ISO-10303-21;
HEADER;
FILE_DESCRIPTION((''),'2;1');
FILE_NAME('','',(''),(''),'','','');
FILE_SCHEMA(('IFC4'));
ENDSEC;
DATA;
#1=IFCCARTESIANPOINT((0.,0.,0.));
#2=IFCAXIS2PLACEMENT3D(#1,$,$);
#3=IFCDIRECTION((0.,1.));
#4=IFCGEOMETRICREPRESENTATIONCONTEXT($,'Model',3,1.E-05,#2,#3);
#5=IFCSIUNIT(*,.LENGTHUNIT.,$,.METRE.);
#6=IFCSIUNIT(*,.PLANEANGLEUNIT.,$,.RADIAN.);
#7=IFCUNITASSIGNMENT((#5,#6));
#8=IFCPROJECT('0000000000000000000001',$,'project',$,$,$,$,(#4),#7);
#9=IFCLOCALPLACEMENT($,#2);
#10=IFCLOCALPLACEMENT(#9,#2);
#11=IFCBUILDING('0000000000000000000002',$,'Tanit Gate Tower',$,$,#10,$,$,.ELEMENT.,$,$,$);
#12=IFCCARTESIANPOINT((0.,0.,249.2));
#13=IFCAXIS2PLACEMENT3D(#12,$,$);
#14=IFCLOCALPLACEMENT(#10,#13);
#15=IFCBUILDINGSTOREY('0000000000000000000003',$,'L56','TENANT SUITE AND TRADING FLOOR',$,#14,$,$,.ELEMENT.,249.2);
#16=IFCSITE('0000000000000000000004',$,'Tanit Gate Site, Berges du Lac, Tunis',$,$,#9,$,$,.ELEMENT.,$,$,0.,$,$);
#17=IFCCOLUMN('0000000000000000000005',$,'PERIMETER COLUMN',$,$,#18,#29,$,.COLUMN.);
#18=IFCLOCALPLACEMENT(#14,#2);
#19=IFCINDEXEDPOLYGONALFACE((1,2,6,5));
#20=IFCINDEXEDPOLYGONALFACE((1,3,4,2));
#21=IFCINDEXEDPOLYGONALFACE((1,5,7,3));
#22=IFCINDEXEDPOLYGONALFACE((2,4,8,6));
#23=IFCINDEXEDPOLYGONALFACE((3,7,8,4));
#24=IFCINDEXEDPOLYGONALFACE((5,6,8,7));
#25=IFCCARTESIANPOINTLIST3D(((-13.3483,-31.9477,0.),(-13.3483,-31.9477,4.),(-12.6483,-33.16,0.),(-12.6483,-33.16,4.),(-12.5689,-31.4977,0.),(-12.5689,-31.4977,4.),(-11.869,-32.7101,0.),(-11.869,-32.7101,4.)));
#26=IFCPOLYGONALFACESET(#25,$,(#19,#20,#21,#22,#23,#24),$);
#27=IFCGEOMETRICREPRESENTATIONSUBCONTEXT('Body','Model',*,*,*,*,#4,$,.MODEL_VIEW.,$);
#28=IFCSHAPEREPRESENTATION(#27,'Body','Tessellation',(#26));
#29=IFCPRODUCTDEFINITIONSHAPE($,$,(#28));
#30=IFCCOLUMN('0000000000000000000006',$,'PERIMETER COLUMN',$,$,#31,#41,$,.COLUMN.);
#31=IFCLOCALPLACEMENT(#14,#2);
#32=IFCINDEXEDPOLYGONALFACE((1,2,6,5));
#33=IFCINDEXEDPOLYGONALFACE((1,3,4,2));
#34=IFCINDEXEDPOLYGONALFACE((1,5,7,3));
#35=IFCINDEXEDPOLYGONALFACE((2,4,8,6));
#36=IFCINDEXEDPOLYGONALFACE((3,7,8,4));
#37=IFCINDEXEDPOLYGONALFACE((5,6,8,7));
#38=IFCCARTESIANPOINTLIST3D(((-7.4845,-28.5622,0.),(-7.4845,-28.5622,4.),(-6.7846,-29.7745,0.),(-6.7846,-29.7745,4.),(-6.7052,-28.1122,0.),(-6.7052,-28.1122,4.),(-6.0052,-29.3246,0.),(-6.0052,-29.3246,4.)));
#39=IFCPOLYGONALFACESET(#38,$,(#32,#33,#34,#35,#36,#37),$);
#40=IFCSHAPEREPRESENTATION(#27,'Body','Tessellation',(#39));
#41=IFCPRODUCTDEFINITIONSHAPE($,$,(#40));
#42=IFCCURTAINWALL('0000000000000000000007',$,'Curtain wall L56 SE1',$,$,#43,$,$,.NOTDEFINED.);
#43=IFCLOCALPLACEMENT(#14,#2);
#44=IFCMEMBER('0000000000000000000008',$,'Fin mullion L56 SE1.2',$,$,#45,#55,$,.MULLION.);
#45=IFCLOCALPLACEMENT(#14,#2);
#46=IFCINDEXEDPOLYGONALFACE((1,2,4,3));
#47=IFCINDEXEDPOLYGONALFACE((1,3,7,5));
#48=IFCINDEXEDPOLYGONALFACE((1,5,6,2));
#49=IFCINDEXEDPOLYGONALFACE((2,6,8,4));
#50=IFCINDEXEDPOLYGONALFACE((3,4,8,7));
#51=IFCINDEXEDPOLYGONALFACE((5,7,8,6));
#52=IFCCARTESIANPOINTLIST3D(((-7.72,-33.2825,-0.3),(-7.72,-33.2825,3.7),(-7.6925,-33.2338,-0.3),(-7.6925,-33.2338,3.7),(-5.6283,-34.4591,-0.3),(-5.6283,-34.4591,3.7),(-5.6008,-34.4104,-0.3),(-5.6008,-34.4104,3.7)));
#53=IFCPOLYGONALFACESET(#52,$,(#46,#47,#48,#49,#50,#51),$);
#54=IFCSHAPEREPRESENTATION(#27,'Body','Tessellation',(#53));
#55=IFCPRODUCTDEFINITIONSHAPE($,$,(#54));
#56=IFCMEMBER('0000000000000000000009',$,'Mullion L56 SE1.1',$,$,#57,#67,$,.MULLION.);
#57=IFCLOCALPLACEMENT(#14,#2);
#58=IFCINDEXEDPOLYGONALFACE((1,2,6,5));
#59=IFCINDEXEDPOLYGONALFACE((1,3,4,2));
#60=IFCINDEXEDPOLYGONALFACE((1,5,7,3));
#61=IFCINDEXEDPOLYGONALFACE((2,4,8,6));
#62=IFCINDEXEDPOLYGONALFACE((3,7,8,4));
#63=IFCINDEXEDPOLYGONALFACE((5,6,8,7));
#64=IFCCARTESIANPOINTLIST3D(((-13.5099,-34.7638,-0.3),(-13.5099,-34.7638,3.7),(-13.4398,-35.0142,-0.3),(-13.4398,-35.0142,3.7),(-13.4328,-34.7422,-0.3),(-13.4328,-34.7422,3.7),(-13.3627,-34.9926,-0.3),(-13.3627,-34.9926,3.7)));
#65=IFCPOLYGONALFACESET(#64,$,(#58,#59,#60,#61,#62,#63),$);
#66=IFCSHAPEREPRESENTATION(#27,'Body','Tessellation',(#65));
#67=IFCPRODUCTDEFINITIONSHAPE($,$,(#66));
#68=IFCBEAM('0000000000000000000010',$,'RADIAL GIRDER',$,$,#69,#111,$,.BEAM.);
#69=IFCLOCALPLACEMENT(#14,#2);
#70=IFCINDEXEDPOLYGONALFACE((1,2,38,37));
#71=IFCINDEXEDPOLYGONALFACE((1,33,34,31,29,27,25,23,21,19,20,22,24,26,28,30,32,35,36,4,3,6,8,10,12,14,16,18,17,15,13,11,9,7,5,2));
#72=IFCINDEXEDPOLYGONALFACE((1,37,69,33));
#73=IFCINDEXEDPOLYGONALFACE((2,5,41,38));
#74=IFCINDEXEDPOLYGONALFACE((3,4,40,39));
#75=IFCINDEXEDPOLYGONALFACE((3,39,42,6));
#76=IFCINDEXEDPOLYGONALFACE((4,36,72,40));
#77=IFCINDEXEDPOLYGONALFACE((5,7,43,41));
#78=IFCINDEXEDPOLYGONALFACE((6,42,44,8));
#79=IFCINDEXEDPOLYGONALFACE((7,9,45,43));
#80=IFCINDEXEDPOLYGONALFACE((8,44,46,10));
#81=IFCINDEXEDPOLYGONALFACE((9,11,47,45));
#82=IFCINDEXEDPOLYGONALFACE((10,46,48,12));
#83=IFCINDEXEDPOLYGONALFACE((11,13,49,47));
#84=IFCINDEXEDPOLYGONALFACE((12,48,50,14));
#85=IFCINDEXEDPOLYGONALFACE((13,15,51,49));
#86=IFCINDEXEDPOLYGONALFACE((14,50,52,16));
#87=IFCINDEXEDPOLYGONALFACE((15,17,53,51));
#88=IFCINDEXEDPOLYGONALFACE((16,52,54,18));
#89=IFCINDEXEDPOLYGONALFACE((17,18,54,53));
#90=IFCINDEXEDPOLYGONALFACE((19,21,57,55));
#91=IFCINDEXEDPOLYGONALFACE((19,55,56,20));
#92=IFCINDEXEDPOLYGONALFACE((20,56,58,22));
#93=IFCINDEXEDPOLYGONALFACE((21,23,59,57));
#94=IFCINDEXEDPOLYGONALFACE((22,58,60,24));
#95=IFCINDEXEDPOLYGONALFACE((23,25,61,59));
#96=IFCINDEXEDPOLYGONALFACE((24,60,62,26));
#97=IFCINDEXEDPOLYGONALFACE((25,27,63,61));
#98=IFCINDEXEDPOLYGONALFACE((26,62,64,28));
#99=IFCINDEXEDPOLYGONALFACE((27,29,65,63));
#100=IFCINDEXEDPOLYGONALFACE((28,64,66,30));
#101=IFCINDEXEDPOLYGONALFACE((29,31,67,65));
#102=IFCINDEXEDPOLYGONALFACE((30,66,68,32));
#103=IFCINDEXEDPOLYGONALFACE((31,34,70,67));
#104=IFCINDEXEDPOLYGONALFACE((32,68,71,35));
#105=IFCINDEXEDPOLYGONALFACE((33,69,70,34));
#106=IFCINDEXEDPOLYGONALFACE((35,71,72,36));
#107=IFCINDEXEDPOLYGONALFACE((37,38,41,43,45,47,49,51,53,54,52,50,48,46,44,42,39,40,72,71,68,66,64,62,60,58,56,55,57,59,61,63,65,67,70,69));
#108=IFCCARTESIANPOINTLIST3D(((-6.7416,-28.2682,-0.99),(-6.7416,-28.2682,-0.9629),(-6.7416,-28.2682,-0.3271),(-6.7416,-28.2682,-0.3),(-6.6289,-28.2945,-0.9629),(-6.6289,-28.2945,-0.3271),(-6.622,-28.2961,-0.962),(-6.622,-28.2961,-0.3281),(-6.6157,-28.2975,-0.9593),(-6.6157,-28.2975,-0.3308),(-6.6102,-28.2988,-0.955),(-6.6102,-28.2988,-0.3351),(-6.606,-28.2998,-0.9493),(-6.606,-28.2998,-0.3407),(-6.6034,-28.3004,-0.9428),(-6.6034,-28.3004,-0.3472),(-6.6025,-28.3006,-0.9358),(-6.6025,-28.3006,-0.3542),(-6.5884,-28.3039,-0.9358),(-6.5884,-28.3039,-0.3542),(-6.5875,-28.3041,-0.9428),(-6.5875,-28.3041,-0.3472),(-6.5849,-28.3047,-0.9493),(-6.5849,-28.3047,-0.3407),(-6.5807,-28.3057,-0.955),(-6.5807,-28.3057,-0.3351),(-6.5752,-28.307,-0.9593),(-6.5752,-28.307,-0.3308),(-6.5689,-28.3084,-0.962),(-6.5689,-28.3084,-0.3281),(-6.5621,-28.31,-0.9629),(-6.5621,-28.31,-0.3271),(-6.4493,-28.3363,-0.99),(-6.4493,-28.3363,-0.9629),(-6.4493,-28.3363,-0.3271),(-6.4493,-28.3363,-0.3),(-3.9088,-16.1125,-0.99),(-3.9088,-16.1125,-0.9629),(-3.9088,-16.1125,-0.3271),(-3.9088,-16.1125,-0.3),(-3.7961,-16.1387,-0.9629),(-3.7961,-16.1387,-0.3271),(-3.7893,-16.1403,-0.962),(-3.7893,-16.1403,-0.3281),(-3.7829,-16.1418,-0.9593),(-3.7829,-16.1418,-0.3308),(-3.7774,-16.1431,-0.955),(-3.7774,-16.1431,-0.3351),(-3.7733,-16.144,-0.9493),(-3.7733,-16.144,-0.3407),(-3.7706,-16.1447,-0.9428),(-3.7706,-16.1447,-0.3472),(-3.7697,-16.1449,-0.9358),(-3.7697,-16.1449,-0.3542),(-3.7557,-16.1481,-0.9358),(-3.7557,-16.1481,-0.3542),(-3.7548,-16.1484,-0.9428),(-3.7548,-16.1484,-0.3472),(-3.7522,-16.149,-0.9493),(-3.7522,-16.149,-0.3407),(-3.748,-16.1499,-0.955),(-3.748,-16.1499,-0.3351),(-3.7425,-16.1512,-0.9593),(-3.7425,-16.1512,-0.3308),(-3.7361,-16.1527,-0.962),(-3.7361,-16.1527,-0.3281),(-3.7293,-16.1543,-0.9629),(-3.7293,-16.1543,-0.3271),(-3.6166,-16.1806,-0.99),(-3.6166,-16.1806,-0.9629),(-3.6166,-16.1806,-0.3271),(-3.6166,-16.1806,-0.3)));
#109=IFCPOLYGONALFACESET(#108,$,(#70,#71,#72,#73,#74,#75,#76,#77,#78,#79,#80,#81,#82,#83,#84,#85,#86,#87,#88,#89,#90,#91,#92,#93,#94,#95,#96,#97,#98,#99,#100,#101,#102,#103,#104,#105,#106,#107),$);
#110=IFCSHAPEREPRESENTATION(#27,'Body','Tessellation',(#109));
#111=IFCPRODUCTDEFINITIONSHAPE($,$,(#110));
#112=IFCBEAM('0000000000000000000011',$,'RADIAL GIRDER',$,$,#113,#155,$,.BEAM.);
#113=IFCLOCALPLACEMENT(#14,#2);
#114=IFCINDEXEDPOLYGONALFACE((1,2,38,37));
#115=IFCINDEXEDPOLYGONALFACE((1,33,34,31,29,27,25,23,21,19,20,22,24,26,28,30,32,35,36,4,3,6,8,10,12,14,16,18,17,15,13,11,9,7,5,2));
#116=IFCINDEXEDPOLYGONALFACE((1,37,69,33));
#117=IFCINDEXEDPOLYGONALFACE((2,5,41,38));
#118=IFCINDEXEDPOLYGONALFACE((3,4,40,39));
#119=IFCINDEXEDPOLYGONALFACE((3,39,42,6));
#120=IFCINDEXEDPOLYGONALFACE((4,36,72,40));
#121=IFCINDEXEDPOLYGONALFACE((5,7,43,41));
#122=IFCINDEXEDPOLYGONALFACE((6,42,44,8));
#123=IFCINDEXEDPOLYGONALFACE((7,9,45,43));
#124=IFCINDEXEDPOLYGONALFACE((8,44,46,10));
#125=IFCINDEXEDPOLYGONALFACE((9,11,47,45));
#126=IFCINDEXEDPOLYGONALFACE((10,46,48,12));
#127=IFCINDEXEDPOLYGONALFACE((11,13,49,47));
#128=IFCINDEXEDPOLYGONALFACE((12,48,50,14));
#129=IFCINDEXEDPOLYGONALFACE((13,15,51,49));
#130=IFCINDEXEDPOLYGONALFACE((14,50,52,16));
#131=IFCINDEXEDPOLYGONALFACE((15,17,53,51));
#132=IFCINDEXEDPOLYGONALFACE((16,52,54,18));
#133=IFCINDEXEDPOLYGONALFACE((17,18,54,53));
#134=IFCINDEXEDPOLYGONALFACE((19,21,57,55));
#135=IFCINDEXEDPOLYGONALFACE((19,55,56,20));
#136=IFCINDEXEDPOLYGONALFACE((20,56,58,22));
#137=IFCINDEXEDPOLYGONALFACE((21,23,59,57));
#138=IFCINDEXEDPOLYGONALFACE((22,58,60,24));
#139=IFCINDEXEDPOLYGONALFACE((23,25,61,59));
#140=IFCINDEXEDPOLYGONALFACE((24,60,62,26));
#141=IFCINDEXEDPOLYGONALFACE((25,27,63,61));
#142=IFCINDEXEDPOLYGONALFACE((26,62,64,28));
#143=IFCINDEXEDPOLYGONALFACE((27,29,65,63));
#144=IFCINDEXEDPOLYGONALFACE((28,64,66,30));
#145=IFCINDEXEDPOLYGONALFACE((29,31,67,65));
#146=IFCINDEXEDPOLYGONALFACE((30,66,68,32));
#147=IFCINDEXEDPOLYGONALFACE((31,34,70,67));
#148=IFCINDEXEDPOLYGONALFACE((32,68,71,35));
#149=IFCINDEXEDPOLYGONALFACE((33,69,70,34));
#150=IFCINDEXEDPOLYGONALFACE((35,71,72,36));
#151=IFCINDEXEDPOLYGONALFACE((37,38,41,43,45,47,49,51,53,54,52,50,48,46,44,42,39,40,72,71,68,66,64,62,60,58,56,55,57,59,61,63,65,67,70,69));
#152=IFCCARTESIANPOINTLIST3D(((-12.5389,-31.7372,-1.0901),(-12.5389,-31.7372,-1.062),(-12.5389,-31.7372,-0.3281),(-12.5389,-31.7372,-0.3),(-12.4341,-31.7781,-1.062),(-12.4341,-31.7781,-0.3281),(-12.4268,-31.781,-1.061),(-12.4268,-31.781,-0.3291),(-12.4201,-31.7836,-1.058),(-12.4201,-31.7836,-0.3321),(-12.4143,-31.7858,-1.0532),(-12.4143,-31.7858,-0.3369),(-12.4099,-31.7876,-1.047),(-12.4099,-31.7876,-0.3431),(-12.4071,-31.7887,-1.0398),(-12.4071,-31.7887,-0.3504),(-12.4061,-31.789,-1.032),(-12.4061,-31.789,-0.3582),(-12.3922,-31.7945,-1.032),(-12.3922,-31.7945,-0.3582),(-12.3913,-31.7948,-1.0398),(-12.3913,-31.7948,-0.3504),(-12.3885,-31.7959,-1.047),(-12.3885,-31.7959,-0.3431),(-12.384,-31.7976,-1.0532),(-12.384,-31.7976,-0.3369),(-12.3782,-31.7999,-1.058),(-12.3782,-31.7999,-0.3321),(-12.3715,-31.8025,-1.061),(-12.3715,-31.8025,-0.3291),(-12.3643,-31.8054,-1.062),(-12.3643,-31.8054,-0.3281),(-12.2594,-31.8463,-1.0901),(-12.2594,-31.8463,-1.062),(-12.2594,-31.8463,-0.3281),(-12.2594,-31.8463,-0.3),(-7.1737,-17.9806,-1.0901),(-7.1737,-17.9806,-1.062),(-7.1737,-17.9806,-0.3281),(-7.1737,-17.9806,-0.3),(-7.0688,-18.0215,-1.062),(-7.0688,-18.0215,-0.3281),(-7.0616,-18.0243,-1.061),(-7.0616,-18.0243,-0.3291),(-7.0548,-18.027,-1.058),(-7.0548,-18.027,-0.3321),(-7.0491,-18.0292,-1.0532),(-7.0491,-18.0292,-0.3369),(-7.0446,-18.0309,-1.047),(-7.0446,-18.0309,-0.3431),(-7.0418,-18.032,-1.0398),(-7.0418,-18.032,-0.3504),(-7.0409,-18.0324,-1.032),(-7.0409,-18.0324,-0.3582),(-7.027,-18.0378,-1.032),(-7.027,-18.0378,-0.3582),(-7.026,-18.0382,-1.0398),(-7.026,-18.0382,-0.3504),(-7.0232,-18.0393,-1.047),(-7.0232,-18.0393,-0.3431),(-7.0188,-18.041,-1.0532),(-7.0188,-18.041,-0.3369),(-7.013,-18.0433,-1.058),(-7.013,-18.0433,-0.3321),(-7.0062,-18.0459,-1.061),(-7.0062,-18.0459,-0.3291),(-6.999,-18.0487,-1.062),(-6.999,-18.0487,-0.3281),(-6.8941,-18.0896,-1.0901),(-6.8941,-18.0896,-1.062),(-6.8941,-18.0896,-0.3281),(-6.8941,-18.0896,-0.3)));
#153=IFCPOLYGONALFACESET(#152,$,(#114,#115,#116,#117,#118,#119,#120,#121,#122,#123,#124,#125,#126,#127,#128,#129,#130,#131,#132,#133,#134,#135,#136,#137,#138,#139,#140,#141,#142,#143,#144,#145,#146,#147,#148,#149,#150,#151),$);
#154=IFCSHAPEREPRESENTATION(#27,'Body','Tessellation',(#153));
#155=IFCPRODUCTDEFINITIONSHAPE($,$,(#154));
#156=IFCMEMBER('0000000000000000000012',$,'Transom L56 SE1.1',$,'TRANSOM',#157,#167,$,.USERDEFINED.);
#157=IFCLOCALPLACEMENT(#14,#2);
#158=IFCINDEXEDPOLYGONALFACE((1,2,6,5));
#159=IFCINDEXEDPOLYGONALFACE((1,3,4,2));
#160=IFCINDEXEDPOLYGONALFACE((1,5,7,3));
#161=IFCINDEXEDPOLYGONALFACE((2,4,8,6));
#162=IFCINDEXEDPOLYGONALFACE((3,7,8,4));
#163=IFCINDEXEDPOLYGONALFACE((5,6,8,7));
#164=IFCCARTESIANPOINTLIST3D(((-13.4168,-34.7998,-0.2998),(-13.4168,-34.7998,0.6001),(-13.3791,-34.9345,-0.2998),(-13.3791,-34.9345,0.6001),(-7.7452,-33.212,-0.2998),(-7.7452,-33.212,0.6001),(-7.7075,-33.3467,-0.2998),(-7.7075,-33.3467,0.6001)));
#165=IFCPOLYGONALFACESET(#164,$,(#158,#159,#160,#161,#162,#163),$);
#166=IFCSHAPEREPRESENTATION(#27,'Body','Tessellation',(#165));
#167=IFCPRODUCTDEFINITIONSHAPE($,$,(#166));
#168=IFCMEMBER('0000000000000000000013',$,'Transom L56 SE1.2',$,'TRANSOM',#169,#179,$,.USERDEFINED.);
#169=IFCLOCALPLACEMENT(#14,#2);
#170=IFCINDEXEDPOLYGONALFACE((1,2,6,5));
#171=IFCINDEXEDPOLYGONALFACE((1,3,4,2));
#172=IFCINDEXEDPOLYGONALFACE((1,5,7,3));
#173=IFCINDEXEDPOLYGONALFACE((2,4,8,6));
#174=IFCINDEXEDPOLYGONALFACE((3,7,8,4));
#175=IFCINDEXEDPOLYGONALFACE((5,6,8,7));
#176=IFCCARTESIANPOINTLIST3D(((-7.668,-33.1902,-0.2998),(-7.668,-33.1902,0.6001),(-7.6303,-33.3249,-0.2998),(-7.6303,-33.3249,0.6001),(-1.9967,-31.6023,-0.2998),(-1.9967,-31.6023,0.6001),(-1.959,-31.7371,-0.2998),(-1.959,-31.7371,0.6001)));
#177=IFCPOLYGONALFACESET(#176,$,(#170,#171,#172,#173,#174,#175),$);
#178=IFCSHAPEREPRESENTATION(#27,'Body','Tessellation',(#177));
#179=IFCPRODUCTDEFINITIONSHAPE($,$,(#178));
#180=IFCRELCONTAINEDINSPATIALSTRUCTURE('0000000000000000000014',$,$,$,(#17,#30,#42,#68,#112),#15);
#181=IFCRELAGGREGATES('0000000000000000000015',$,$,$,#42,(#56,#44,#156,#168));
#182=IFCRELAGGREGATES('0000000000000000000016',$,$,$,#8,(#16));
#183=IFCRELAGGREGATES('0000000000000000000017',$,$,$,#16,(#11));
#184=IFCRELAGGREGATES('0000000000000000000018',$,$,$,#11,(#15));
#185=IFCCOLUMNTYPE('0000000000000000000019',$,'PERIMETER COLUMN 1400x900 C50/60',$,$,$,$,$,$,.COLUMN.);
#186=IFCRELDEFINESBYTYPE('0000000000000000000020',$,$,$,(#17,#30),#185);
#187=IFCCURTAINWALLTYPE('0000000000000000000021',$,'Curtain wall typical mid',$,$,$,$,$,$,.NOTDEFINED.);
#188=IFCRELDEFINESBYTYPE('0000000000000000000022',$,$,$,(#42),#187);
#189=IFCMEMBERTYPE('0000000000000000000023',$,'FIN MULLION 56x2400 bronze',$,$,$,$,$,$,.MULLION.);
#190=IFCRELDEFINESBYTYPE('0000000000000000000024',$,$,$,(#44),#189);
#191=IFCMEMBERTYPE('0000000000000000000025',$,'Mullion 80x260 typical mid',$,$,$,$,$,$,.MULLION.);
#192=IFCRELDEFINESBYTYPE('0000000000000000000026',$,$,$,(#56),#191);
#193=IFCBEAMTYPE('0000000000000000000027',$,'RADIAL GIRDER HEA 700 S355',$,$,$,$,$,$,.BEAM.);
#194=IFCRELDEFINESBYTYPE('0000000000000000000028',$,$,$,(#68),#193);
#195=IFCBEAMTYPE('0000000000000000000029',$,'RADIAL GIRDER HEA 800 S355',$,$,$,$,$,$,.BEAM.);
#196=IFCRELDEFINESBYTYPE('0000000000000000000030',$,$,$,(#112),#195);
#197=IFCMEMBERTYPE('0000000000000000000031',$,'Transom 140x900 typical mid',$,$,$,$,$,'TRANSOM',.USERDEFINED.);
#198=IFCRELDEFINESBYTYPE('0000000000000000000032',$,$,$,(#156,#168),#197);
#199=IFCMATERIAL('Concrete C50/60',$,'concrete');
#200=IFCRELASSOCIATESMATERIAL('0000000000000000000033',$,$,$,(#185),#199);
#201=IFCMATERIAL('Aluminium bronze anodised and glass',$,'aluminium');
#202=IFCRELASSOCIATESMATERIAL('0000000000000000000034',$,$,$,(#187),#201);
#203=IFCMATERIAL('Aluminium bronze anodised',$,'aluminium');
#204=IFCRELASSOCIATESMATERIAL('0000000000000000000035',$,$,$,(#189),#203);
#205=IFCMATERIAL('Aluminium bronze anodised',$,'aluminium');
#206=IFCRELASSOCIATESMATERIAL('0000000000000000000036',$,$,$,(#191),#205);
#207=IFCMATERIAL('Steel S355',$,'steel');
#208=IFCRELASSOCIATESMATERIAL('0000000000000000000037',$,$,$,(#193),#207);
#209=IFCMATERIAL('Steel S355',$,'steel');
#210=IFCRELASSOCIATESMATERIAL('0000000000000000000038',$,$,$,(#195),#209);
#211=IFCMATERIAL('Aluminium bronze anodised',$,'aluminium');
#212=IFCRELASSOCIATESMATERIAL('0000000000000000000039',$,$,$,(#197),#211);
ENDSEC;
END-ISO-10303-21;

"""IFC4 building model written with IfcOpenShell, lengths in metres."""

from ifc_helpers import new_model, si_unit, direction, frame, origin, origin_2d, place, context, subcontext, project, spatial, rectangle, i_section, extrude, material, material_profile, profile_set, type_object, element, aggregate, save


model = new_model("IFC4")

# Units and contexts
model_context = context("Model", 3, precision=1e-05, world=origin(), true_north=direction((0.0, 1.0)))
body_context = subcontext(model_context, "Body", "Model", "MODEL_VIEW")
ifc_project = project(units=[si_unit("LENGTHUNIT", "METRE"), si_unit("PLANEANGLEUNIT", "RADIAN")], contexts=[model_context])

# Site, building, storey
site_placement = place(None, origin())
site = spatial("IfcSite", under=ifc_project, at=site_placement, Name="Tanit Gate Site, Berges du Lac, Tunis", CompositionType="ELEMENT", RefElevation=0.0)
building_placement = place(site_placement, origin())
building = spatial("IfcBuilding", under=site, at=building_placement, Name="Tanit Gate Tower", CompositionType="ELEMENT")
storey_placement = place(building_placement, frame((0.0, 0.0, 249.2)))
storey = spatial("IfcBuildingStorey", under=building, at=storey_placement, Name="L56", Description="TENANT SUITE AND TRADING FLOOR", CompositionType="ELEMENT", Elevation=249.2)

# Columns
ifc_material_1 = material(Name="Concrete C50/60", Category="concrete")
ifc_material_profile_1 = material_profile(ifc_material_1, rectangle(XDim=1.3999, YDim=0.8999, at=origin_2d()), Name="RC 1400x900")
ifc_profile_set_1 = profile_set([ifc_material_profile_1], Name="Concrete C50/60")
column_type = type_object("IfcColumnType", Name="PERIMETER COLUMN 1400x900 C50/60", PredefinedType="COLUMN", material=ifc_profile_set_1)
for number, where, z_axis, x_axis, name in (
    (1, (-12.6086, -32.3289, 0.0), (0.0, 0.0, 1.0), (0.5, -0.866025, 0.0), "PERIMETER COLUMN"),
    (2, (-6.7449, -28.9434, 0.0), (0.0, 0.0, 1.0), (0.5, -0.866025, 0.0), "PERIMETER COLUMN"),
):
    element("IfcColumn", number, at=place(storey_placement, frame(where, z_axis=z_axis, x_axis=x_axis)), inside=storey, type_object=column_type, Name=name, PredefinedType="COLUMN", context=body_context, shape_type="SweptSolid", body=[
        extrude(rectangle(XDim=1.3999, YDim=0.8999, at=origin_2d()), origin(), (0.0, 0.0, 1.0), 4.0),
    ])

# Curtain wall, members
ifc_material_2 = material(Name="Aluminium bronze anodised and glass", Category="aluminium")
curtain_wall_type = type_object("IfcCurtainWallType", Name="Curtain wall typical mid", PredefinedType="NOTDEFINED", material=ifc_material_2)
curtain_wall_placement = place(storey_placement, origin())
curtain_wall = element("IfcCurtainWall", 3, at=curtain_wall_placement, inside=storey, type_object=curtain_wall_type, Name="Curtain wall L56 SE1", PredefinedType="NOTDEFINED")
ifc_material_3 = material(Name="Aluminium bronze anodised", Category="aluminium")
ifc_material_profile_2 = material_profile(ifc_material_3, rectangle(XDim=2.3999, YDim=0.0559, at=origin_2d()), Name="56x2400 bronze fin mullion")
ifc_profile_set_2 = profile_set([ifc_material_profile_2], Name="Aluminium bronze anodised")
member_type_1 = type_object("IfcMemberType", Name="FIN MULLION 56x2400 bronze", PredefinedType="MULLION", material=ifc_profile_set_2)
member_1_placement = place(storey_placement, frame((-6.6604, -33.8464, -0.3), z_axis=(0.0, 0.0, 1.0), x_axis=(-0.871576, 0.49026, 0.0)))
member_1 = element("IfcMember", 4, at=member_1_placement, type_object=member_type_1, Name="Fin mullion L56 SE1.2", PredefinedType="MULLION", context=body_context, shape_type="SweptSolid", body=[
    extrude(rectangle(XDim=2.3999, YDim=0.0559, at=origin_2d()), origin(), (0.0, 0.0, 1.0), 4.0),
])
ifc_material_4 = material(Name="Aluminium bronze anodised", Category="aluminium")
ifc_material_profile_3 = material_profile(ifc_material_4, rectangle(XDim=0.26, YDim=0.0801, at=origin_2d()), Name="80x260 bronze mullion")
ifc_profile_set_3 = profile_set([ifc_material_profile_3], Name="Aluminium bronze anodised")
member_type_2 = type_object("IfcMemberType", Name="Mullion 80x260 typical mid", PredefinedType="MULLION", material=ifc_profile_set_3)
member_2_placement = place(storey_placement, frame((-13.4363, -34.8782, -0.3), z_axis=(0.0, 0.0, 1.0), x_axis=(-0.269632, 0.962964, 0.0)))
member_2 = element("IfcMember", 5, at=member_2_placement, type_object=member_type_2, Name="Mullion L56 SE1.1", PredefinedType="MULLION", context=body_context, shape_type="SweptSolid", body=[
    extrude(rectangle(XDim=0.26, YDim=0.0801, at=origin_2d()), origin(), (0.0, 0.0, 1.0), 4.0),
])

# Beams
ifc_material_5 = material(Name="Steel S355", Category="steel")
ifc_material_profile_4 = material_profile(ifc_material_5, i_section(OverallWidth=0.3, OverallDepth=0.6899, WebThickness=0.0144, FlangeThickness=0.0271, FilletRadius=0.0271, at=origin_2d()), Name="HEA 700")
ifc_profile_set_4 = profile_set([ifc_material_profile_4], Name="Steel S355")
beam_type_1 = type_object("IfcBeamType", Name="RADIAL GIRDER HEA 700 S355", PredefinedType="BEAM", material=ifc_profile_set_4)
beam_1_placement = place(storey_placement, frame((-6.5955, -28.3022, -0.645), z_axis=(0.226958, 0.973905, 0.0), x_axis=(-0.973905, 0.226958, 0.0)))
element("IfcBeam", 6, at=beam_1_placement, inside=storey, type_object=beam_type_1, Name="RADIAL GIRDER", PredefinedType="BEAM", context=body_context, shape_type="SweptSolid", body=[
    extrude(i_section(OverallWidth=0.3, OverallDepth=0.6899, WebThickness=0.0144, FlangeThickness=0.0271, FilletRadius=0.0271, at=origin_2d()), origin(), (0.0, 0.0, 1.0), 12.4814),
])
ifc_material_6 = material(Name="Steel S355", Category="steel")
ifc_material_profile_5 = material_profile(ifc_material_6, i_section(OverallWidth=0.3, OverallDepth=0.79, WebThickness=0.0149, FlangeThickness=0.0281, FilletRadius=0.03, at=origin_2d()), Name="HEA 800")
ifc_profile_set_5 = profile_set([ifc_material_profile_5], Name="Steel S355")
beam_type_2 = type_object("IfcBeamType", Name="RADIAL GIRDER HEA 800 S355", PredefinedType="BEAM", material=ifc_profile_set_5)
beam_2_placement = place(storey_placement, frame((-12.3992, -31.7917, -0.6951), z_axis=(0.363355, 0.931651, 0.0), x_axis=(-0.931651, 0.363355, 0.0)))
element("IfcBeam", 7, at=beam_2_placement, inside=storey, type_object=beam_type_2, Name="RADIAL GIRDER", PredefinedType="BEAM", context=body_context, shape_type="SweptSolid", body=[
    extrude(i_section(OverallWidth=0.3, OverallDepth=0.79, WebThickness=0.0149, FlangeThickness=0.0281, FilletRadius=0.03, at=origin_2d()), origin(), (0.0, 0.0, 1.0), 14.7659),
])

# Members
ifc_material_7 = material(Name="Aluminium bronze anodised", Category="aluminium")
ifc_material_profile_6 = material_profile(ifc_material_7, rectangle(XDim=0.1399, YDim=0.8999, at=origin_2d()), Name="140x900 bronze transom")
ifc_profile_set_6 = profile_set([ifc_material_profile_6], Name="Aluminium bronze anodised")
member_type_3 = type_object("IfcMemberType", Name="Transom 140x900 typical mid", ElementType="TRANSOM", PredefinedType="USERDEFINED", material=ifc_profile_set_6)
member_3_placement = place(storey_placement, frame((-13.3979, -34.8672, 0.1501), z_axis=(0.962971, 0.269604, 0.0), x_axis=(-0.269604, 0.962971, 0.0)))
member_3 = element("IfcMember", 8, at=member_3_placement, type_object=member_type_3, Name="Transom L56 SE1.1", ObjectType="TRANSOM", PredefinedType="USERDEFINED", context=body_context, shape_type="SweptSolid", body=[
    extrude(rectangle(XDim=0.1399, YDim=0.8999, at=origin_2d()), origin(), (0.0, 0.0, 1.0), 5.8896),
])
member_4_placement = place(storey_placement, frame((-7.6492, -33.2576, 0.1501), z_axis=(0.962968, 0.269615, 0.0), x_axis=(-0.269615, 0.962968, 0.0)))
member_4 = element("IfcMember", 9, at=member_4_placement, type_object=member_type_3, Name="Transom L56 SE1.2", ObjectType="TRANSOM", PredefinedType="USERDEFINED", context=body_context, shape_type="SweptSolid", body=[
    extrude(rectangle(XDim=0.1399, YDim=0.8999, at=origin_2d()), origin(), (0.0, 0.0, 1.0), 5.8894),
])

aggregate(curtain_wall, [member_2, member_1, member_3, member_4])

save(model, "model.ifc")
